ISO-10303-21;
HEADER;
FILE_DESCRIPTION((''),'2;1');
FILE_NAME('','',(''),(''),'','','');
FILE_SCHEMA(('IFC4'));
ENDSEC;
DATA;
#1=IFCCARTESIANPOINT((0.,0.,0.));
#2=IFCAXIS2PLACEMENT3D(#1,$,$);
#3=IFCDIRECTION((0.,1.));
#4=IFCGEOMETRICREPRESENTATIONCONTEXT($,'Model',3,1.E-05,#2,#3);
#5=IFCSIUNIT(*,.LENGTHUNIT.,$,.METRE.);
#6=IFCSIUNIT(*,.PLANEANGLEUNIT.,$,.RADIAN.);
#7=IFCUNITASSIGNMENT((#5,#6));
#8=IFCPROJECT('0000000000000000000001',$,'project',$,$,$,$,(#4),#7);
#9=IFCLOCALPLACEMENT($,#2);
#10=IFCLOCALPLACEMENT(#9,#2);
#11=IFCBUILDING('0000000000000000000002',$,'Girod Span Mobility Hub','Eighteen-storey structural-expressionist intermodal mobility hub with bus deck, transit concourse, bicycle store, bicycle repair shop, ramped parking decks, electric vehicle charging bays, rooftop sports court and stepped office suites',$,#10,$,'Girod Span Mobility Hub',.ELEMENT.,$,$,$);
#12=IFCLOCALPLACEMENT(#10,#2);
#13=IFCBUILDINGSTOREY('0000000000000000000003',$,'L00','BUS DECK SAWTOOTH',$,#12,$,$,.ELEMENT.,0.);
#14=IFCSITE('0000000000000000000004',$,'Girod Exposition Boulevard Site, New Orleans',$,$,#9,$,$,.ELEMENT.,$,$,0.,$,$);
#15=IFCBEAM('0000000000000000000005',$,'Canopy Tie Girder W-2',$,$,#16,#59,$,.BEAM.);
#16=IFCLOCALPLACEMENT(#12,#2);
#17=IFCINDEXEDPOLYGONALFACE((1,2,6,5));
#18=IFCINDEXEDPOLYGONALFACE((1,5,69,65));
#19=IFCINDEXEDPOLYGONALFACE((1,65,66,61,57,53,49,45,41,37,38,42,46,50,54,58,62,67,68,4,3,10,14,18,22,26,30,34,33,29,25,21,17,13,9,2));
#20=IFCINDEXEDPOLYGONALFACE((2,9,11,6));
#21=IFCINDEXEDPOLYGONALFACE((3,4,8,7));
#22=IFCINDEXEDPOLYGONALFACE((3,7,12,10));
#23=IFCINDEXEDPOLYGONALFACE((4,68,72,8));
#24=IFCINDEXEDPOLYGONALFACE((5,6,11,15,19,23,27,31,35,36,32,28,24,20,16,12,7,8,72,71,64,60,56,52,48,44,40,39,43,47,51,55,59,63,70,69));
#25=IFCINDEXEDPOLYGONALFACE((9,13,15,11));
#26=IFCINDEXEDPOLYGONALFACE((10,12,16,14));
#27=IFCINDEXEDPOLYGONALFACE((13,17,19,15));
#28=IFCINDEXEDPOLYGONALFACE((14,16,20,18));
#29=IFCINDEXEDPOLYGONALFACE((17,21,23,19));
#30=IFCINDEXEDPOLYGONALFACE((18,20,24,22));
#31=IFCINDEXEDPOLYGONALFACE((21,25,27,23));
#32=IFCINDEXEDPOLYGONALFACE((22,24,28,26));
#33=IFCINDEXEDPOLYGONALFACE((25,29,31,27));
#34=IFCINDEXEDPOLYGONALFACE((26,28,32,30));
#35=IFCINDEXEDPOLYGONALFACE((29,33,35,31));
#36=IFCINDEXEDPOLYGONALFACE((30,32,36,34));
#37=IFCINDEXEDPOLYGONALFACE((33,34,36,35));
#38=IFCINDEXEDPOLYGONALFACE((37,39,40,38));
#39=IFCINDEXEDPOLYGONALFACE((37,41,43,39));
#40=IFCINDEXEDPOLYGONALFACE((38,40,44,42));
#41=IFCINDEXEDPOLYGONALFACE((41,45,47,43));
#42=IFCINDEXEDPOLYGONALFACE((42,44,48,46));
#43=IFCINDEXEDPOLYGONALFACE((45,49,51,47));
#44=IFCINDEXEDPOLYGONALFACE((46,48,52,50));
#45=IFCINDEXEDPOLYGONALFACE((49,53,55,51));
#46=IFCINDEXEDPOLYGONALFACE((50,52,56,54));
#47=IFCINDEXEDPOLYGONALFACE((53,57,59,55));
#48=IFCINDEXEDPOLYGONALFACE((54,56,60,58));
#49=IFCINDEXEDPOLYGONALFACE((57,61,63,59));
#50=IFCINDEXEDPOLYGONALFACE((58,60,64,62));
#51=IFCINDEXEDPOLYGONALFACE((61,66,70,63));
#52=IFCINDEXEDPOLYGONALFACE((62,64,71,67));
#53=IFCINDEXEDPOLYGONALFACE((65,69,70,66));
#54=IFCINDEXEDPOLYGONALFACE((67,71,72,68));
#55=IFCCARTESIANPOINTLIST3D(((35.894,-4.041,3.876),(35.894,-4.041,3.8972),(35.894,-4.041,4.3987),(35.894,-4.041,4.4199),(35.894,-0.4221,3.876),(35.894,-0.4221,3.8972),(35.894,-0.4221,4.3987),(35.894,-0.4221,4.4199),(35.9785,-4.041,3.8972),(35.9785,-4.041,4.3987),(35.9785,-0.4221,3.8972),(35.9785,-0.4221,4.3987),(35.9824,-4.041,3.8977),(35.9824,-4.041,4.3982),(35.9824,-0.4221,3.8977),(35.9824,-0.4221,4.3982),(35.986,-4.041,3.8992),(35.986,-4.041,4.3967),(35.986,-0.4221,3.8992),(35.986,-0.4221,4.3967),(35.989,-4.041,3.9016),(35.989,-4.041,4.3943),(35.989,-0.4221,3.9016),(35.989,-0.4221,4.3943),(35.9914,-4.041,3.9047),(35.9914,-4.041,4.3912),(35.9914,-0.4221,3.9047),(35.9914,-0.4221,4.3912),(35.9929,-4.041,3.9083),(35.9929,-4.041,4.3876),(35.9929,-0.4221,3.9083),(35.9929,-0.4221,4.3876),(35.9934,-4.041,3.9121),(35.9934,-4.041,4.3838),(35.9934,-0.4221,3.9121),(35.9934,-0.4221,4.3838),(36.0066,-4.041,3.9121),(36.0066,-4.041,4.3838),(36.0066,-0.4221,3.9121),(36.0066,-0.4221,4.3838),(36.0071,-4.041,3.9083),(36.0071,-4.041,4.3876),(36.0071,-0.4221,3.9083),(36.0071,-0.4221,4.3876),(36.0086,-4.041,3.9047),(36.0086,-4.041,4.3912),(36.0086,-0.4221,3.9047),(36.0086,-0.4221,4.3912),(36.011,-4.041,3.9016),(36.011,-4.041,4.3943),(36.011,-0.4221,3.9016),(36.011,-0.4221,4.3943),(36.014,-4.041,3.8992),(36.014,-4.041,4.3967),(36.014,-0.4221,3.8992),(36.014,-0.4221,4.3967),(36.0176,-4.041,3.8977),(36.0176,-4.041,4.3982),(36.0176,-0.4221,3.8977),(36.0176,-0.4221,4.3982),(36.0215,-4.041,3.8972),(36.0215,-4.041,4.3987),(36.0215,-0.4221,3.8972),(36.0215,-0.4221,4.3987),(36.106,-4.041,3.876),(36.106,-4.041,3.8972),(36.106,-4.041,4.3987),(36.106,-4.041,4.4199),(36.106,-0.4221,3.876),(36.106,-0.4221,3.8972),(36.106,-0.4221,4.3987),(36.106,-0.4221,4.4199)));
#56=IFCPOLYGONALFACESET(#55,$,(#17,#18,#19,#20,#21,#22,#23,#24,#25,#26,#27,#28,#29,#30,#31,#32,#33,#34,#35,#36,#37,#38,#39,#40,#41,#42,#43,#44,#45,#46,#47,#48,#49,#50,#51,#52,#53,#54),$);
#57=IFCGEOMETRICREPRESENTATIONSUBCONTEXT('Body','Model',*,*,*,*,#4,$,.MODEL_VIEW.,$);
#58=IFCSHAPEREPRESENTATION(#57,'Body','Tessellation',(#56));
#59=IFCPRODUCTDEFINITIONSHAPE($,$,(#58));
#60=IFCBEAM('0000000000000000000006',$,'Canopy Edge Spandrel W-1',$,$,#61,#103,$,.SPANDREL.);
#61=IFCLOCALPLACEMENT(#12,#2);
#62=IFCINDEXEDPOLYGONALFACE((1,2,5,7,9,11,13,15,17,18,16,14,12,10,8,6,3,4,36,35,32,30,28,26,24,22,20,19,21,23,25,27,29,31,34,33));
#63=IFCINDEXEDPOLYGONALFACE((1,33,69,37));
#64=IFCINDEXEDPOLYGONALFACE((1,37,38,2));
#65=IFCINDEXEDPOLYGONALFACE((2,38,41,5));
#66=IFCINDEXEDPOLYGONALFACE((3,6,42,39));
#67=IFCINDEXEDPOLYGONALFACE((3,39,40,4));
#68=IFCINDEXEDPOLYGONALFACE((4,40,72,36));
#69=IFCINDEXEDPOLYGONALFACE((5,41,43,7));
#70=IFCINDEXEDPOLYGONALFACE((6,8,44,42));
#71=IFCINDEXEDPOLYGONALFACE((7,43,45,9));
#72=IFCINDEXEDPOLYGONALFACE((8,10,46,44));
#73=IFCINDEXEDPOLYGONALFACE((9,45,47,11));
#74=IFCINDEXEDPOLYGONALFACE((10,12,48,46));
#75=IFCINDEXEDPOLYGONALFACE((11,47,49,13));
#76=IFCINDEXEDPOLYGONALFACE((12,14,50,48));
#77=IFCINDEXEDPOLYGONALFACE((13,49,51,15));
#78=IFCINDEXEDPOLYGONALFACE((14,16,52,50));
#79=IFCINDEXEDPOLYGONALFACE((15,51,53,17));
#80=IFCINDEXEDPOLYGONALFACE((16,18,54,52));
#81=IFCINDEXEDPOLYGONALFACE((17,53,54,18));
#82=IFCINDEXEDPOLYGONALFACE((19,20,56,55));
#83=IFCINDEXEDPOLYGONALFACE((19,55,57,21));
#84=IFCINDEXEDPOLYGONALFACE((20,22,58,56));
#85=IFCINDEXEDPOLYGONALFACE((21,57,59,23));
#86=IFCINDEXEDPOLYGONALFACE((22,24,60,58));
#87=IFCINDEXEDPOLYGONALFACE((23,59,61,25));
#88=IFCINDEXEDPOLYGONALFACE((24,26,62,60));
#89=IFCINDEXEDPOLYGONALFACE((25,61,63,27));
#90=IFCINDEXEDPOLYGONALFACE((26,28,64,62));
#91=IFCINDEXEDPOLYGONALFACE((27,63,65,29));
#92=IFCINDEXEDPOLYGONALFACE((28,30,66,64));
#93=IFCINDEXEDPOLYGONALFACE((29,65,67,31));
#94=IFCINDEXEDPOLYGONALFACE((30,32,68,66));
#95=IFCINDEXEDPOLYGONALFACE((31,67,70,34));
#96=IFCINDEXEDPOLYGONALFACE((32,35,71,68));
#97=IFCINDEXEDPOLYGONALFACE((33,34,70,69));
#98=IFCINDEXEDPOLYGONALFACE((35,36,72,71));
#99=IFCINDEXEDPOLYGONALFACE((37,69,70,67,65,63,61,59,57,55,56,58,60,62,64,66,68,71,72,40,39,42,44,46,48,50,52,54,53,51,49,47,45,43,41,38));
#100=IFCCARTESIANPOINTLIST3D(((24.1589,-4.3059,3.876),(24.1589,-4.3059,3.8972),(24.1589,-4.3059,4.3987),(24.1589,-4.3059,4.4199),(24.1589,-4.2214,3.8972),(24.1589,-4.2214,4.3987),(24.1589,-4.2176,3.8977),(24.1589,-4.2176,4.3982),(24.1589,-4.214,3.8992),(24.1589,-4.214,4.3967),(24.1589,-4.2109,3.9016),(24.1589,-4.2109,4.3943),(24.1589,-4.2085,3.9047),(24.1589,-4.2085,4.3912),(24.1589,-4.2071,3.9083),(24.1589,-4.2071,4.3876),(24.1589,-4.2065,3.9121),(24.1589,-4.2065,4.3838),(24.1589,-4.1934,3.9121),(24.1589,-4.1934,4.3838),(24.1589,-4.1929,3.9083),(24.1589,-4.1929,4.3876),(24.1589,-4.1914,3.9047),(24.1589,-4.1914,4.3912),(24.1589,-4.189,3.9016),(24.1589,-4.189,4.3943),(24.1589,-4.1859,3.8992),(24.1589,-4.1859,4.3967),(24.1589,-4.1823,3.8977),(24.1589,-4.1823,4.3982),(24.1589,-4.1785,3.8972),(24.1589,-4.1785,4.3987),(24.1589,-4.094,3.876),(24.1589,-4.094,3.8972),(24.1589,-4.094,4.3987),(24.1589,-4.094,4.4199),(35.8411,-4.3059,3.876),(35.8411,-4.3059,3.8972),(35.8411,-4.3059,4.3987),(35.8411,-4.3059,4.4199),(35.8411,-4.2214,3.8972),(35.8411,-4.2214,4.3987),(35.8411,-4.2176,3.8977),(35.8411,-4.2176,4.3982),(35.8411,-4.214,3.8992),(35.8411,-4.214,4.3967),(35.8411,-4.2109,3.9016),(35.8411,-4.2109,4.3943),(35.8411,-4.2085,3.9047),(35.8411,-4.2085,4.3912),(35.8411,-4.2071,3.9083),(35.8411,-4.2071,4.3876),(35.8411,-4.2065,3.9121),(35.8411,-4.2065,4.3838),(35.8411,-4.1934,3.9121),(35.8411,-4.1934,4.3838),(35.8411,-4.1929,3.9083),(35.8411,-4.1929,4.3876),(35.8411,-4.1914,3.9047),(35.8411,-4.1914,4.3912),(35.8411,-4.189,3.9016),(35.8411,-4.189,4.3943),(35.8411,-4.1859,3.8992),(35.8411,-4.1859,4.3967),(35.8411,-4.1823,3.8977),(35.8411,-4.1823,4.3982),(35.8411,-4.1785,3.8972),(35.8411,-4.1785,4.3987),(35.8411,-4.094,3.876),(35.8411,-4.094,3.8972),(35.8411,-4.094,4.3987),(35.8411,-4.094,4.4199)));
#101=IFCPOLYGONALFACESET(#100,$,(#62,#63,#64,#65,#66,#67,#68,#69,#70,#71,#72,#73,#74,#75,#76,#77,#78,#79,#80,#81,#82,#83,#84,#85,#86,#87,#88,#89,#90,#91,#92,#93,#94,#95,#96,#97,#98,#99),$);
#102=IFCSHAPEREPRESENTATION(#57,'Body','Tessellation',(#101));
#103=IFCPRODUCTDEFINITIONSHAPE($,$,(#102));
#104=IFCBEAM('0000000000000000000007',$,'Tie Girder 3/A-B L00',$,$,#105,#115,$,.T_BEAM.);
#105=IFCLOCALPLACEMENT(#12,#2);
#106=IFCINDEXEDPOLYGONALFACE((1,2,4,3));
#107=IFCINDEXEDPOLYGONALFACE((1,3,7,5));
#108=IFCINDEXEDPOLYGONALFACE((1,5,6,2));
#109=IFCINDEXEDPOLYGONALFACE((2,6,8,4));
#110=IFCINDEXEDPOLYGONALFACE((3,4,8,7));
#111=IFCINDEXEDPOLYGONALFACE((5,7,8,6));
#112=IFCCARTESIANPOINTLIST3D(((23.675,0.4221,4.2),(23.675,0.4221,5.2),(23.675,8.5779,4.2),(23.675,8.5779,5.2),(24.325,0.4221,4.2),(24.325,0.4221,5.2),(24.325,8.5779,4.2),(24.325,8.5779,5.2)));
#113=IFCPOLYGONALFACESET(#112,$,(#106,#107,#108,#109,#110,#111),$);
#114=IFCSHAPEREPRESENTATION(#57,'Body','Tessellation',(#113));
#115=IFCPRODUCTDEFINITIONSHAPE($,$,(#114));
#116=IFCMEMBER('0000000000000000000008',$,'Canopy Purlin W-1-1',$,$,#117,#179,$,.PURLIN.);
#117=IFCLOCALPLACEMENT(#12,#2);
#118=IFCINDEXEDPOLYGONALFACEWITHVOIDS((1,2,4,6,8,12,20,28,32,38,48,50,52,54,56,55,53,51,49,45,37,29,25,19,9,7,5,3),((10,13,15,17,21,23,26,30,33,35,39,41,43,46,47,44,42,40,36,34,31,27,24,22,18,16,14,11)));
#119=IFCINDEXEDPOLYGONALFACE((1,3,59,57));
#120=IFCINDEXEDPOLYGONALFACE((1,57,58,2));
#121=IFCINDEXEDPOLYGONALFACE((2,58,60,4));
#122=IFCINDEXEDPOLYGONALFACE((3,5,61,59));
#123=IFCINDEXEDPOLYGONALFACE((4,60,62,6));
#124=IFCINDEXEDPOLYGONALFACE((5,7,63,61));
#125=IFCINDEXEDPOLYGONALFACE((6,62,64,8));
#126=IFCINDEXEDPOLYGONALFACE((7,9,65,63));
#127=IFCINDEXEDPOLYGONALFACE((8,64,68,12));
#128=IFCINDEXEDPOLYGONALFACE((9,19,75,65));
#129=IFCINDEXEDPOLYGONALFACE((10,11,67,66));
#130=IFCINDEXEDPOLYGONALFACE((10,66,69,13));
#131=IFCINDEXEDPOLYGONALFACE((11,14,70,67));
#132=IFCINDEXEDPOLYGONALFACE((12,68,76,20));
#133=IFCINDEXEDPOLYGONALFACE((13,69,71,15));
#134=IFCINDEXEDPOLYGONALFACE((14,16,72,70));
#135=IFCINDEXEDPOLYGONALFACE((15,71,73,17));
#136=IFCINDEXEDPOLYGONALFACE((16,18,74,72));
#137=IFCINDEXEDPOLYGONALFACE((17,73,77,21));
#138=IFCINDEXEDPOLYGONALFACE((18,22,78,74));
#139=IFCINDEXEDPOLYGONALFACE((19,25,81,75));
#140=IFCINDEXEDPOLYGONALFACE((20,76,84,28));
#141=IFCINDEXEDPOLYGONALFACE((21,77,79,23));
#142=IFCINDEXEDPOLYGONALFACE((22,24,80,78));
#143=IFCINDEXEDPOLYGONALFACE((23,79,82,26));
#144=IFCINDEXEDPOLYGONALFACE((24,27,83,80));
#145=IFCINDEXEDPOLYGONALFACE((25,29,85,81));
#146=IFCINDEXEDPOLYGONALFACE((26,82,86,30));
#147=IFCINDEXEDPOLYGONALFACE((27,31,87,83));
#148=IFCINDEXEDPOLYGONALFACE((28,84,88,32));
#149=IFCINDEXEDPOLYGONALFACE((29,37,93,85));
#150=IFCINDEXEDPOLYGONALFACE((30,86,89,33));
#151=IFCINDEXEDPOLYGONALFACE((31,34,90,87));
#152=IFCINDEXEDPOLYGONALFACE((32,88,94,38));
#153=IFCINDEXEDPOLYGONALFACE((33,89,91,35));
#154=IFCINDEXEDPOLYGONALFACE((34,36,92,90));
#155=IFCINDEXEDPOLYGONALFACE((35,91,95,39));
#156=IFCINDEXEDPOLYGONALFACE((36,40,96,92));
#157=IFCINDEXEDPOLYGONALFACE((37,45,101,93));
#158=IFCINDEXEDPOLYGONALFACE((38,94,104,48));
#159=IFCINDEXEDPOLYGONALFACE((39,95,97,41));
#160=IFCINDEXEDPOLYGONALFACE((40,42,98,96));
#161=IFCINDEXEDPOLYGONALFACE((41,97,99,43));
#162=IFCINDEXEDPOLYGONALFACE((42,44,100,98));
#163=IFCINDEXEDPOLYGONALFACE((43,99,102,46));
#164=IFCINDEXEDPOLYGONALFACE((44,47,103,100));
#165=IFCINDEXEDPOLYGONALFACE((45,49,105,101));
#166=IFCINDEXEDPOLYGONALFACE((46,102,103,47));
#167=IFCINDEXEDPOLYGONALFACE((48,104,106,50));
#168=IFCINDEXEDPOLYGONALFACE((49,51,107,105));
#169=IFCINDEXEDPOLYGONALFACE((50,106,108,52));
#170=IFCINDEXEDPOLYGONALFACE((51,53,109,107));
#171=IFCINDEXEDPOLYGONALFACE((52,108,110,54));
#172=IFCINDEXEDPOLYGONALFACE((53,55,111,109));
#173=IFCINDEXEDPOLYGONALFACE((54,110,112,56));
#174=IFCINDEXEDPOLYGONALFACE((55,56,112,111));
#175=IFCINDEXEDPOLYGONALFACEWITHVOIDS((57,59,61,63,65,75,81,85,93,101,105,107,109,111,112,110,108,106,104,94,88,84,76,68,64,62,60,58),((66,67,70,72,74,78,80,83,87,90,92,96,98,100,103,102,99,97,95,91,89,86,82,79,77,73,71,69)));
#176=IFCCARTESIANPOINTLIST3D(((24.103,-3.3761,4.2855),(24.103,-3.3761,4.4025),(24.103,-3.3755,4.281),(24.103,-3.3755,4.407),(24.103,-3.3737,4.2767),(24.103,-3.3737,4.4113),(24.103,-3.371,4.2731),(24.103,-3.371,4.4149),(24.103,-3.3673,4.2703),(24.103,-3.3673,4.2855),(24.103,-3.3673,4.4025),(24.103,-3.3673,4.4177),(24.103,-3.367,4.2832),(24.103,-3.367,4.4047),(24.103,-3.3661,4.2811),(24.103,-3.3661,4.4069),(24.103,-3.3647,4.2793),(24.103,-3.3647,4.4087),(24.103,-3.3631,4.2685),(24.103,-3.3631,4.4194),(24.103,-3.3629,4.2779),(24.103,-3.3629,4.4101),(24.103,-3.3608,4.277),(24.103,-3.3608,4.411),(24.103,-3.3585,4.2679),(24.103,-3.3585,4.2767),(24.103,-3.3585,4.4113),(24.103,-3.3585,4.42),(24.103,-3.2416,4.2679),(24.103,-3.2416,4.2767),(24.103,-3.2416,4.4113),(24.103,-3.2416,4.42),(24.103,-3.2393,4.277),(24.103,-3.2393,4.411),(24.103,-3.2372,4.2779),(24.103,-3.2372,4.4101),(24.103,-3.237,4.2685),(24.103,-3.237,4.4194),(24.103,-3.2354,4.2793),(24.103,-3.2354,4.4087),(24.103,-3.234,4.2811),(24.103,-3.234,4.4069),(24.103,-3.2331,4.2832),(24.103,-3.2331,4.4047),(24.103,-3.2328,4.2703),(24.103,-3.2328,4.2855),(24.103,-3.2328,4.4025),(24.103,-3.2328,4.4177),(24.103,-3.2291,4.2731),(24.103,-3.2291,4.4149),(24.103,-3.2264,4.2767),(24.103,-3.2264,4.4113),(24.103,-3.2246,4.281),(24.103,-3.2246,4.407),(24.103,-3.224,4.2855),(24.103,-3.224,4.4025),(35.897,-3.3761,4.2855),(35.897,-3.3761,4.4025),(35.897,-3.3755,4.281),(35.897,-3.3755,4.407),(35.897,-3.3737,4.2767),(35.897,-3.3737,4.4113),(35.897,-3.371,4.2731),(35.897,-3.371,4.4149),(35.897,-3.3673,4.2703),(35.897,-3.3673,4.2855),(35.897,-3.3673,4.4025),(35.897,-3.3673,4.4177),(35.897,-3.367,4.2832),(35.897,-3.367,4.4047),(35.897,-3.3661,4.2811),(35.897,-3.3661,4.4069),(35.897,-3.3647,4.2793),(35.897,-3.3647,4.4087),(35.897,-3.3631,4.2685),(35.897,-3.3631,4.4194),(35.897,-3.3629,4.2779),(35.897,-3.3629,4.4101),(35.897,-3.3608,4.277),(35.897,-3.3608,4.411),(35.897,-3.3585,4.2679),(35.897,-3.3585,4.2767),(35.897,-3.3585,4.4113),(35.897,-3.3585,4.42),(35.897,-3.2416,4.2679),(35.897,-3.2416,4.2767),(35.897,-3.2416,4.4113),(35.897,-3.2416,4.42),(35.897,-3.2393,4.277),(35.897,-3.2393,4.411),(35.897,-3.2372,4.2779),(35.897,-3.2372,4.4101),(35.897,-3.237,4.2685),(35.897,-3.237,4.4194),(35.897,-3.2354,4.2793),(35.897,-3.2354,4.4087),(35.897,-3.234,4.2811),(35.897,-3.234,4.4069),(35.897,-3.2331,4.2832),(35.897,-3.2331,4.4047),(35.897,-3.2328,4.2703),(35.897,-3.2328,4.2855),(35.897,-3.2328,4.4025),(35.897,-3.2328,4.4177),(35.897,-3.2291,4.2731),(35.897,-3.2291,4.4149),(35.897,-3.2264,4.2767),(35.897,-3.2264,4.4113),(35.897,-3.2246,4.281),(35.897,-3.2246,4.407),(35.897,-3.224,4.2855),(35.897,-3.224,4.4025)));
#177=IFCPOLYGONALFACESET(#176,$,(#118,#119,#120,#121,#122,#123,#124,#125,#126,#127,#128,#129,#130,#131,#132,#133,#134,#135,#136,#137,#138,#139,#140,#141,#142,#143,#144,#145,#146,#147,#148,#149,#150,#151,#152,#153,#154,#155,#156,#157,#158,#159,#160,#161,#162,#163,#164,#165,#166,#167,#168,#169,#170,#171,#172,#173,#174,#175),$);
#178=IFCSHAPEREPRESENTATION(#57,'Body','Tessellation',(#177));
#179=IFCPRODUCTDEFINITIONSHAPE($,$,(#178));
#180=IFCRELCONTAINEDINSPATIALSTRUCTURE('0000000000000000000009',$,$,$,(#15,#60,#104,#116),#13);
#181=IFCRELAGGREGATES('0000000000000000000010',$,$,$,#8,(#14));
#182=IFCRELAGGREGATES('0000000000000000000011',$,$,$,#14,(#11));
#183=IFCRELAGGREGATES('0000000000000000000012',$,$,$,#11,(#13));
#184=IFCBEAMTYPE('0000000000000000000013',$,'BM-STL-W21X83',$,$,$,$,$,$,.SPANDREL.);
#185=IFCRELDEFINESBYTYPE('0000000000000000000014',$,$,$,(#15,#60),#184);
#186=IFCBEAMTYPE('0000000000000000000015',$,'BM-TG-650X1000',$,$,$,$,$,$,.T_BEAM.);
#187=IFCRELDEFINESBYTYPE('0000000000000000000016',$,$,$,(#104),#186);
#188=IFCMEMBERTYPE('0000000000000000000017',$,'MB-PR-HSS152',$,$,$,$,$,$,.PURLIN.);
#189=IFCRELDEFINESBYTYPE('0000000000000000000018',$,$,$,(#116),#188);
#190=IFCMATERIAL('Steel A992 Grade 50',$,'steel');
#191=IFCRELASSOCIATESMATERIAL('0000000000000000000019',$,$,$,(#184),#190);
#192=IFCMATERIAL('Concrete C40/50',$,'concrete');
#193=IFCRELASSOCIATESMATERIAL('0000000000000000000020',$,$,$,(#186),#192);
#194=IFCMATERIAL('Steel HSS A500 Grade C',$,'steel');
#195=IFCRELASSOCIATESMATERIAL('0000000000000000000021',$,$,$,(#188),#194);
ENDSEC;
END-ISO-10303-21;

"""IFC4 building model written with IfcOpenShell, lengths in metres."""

from ifc_helpers import new_model, si_unit, direction, frame, origin, origin_2d, place, context, subcontext, project, spatial, rectangle, hollow_rectangle, i_section, extrude, material, material_profile, profile_set, type_object, element, save


model = new_model("IFC4")

# Units and contexts
model_context = context("Model", 3, precision=1e-05, world=origin(), true_north=direction((0.0, 1.0)))
body_context = subcontext(model_context, "Body", "Model", "MODEL_VIEW")
ifc_project = project(units=[si_unit("LENGTHUNIT", "METRE"), si_unit("PLANEANGLEUNIT", "RADIAN")], contexts=[model_context])

# Site, building, storey
site_placement = place(None, origin())
site = spatial("IfcSite", under=ifc_project, at=site_placement, Name="Girod Exposition Boulevard Site, New Orleans", CompositionType="ELEMENT", RefElevation=0.0)
building_placement = place(site_placement, origin())
building = spatial("IfcBuilding", under=site, at=building_placement, Name="Girod Span Mobility Hub", Description="Eighteen-storey structural-expressionist intermodal mobility hub with bus deck, transit concourse, bicycle store, bicycle repair shop, ramped parking decks, electric vehicle charging bays, rooftop sports court and stepped office suites", LongName="Girod Span Mobility Hub", CompositionType="ELEMENT")
storey_placement = place(building_placement, origin())
storey = spatial("IfcBuildingStorey", under=building, at=storey_placement, Name="L00", Description="BUS DECK SAWTOOTH", CompositionType="ELEMENT", Elevation=0.0)

# Beams
ifc_material_1 = material(Name="Steel A992 Grade 50", Category="steel")
ifc_material_profile_1 = material_profile(ifc_material_1, i_section(OverallWidth=0.2119, OverallDepth=0.5439, WebThickness=0.0132, FlangeThickness=0.0212, FilletRadius=0.0149, at=origin_2d()), Name="W21X83")
ifc_profile_set_1 = profile_set([ifc_material_profile_1], Name="Steel A992 Grade 50")
beam_type_1 = type_object("IfcBeamType", Name="BM-STL-W21X83", PredefinedType="SPANDREL", material=ifc_profile_set_1)
for number, where, z_axis, x_axis, name in (
    (1, (36.0, -4.041, 4.1479), (0.0, 1.0, 0.0), (-1.0, 0.0, 0.0), "Canopy Tie Girder W-2"),
):
    element("IfcBeam", number, at=place(storey_placement, frame(where, z_axis=z_axis, x_axis=x_axis)), inside=storey, type_object=beam_type_1, Name=name, PredefinedType="BEAM", context=body_context, shape_type="SweptSolid", body=[
        extrude(i_section(OverallWidth=0.2119, OverallDepth=0.5439, WebThickness=0.0132, FlangeThickness=0.0212, FilletRadius=0.0149, at=origin_2d()), origin(), (0.0, 0.0, 1.0), 3.6189),
    ])
beam_1_placement = place(storey_placement, frame((24.1589, -4.2, 4.1479), z_axis=(1.0, 0.0, 0.0), x_axis=(0.0, 1.0, 0.0)))
element("IfcBeam", 2, at=beam_1_placement, inside=storey, type_object=beam_type_1, Name="Canopy Edge Spandrel W-1", PredefinedType="SPANDREL", context=body_context, shape_type="SweptSolid", body=[
    extrude(i_section(OverallWidth=0.2119, OverallDepth=0.5439, WebThickness=0.0132, FlangeThickness=0.0212, FilletRadius=0.0149, at=origin_2d()), origin(), (0.0, 0.0, 1.0), 11.6821),
])
ifc_material_2 = material(Name="Concrete C40/50", Category="concrete")
ifc_material_profile_2 = material_profile(ifc_material_2, rectangle(XDim=0.6499, YDim=1.0, at=origin_2d()), Name="TG-650X1000")
ifc_profile_set_2 = profile_set([ifc_material_profile_2], Name="Concrete C40/50")
beam_type_2 = type_object("IfcBeamType", Name="BM-TG-650X1000", PredefinedType="T_BEAM", material=ifc_profile_set_2)
beam_2_placement = place(storey_placement, frame((24.0, 0.4221, 4.7), z_axis=(0.0, 1.0, 0.0), x_axis=(-1.0, 0.0, 0.0)))
element("IfcBeam", 3, at=beam_2_placement, inside=storey, type_object=beam_type_2, Name="Tie Girder 3/A-B L00", PredefinedType="T_BEAM", context=body_context, shape_type="SweptSolid", body=[
    extrude(rectangle(XDim=0.6499, YDim=1.0, at=origin_2d()), origin(), (0.0, 0.0, 1.0), 8.1558),
])

# Member
ifc_material_3 = material(Name="Steel HSS A500 Grade C", Category="steel")
ifc_material_profile_3 = material_profile(ifc_material_3, hollow_rectangle(XDim=0.1521, YDim=0.1521, WallThickness=0.0088, InnerFilletRadius=0.0088, OuterFilletRadius=0.0176, at=origin_2d()), Name="HSS152X152X9.5")
ifc_profile_set_3 = profile_set([ifc_material_profile_3], Name="Steel HSS A500 Grade C")
member_type_1 = type_object("IfcMemberType", Name="MB-PR-HSS152", PredefinedType="PURLIN", material=ifc_profile_set_3)
for number, where, z_axis, x_axis, name in (
    (4, (24.103, -3.3, 4.344), (1.0, 0.0, 0.0), (0.0, 1.0, 0.0), "Canopy Purlin W-1-1"),
):
    element("IfcMember", number, at=place(storey_placement, frame(where, z_axis=z_axis, x_axis=x_axis)), inside=storey, type_object=member_type_1, Name=name, PredefinedType="PURLIN", context=body_context, shape_type="SweptSolid", body=[
        extrude(hollow_rectangle(XDim=0.1521, YDim=0.1521, WallThickness=0.0088, InnerFilletRadius=0.0088, OuterFilletRadius=0.0176, at=origin_2d()), origin(), (0.0, 0.0, 1.0), 11.7939),
    ])

save(model, "model.ifc")
